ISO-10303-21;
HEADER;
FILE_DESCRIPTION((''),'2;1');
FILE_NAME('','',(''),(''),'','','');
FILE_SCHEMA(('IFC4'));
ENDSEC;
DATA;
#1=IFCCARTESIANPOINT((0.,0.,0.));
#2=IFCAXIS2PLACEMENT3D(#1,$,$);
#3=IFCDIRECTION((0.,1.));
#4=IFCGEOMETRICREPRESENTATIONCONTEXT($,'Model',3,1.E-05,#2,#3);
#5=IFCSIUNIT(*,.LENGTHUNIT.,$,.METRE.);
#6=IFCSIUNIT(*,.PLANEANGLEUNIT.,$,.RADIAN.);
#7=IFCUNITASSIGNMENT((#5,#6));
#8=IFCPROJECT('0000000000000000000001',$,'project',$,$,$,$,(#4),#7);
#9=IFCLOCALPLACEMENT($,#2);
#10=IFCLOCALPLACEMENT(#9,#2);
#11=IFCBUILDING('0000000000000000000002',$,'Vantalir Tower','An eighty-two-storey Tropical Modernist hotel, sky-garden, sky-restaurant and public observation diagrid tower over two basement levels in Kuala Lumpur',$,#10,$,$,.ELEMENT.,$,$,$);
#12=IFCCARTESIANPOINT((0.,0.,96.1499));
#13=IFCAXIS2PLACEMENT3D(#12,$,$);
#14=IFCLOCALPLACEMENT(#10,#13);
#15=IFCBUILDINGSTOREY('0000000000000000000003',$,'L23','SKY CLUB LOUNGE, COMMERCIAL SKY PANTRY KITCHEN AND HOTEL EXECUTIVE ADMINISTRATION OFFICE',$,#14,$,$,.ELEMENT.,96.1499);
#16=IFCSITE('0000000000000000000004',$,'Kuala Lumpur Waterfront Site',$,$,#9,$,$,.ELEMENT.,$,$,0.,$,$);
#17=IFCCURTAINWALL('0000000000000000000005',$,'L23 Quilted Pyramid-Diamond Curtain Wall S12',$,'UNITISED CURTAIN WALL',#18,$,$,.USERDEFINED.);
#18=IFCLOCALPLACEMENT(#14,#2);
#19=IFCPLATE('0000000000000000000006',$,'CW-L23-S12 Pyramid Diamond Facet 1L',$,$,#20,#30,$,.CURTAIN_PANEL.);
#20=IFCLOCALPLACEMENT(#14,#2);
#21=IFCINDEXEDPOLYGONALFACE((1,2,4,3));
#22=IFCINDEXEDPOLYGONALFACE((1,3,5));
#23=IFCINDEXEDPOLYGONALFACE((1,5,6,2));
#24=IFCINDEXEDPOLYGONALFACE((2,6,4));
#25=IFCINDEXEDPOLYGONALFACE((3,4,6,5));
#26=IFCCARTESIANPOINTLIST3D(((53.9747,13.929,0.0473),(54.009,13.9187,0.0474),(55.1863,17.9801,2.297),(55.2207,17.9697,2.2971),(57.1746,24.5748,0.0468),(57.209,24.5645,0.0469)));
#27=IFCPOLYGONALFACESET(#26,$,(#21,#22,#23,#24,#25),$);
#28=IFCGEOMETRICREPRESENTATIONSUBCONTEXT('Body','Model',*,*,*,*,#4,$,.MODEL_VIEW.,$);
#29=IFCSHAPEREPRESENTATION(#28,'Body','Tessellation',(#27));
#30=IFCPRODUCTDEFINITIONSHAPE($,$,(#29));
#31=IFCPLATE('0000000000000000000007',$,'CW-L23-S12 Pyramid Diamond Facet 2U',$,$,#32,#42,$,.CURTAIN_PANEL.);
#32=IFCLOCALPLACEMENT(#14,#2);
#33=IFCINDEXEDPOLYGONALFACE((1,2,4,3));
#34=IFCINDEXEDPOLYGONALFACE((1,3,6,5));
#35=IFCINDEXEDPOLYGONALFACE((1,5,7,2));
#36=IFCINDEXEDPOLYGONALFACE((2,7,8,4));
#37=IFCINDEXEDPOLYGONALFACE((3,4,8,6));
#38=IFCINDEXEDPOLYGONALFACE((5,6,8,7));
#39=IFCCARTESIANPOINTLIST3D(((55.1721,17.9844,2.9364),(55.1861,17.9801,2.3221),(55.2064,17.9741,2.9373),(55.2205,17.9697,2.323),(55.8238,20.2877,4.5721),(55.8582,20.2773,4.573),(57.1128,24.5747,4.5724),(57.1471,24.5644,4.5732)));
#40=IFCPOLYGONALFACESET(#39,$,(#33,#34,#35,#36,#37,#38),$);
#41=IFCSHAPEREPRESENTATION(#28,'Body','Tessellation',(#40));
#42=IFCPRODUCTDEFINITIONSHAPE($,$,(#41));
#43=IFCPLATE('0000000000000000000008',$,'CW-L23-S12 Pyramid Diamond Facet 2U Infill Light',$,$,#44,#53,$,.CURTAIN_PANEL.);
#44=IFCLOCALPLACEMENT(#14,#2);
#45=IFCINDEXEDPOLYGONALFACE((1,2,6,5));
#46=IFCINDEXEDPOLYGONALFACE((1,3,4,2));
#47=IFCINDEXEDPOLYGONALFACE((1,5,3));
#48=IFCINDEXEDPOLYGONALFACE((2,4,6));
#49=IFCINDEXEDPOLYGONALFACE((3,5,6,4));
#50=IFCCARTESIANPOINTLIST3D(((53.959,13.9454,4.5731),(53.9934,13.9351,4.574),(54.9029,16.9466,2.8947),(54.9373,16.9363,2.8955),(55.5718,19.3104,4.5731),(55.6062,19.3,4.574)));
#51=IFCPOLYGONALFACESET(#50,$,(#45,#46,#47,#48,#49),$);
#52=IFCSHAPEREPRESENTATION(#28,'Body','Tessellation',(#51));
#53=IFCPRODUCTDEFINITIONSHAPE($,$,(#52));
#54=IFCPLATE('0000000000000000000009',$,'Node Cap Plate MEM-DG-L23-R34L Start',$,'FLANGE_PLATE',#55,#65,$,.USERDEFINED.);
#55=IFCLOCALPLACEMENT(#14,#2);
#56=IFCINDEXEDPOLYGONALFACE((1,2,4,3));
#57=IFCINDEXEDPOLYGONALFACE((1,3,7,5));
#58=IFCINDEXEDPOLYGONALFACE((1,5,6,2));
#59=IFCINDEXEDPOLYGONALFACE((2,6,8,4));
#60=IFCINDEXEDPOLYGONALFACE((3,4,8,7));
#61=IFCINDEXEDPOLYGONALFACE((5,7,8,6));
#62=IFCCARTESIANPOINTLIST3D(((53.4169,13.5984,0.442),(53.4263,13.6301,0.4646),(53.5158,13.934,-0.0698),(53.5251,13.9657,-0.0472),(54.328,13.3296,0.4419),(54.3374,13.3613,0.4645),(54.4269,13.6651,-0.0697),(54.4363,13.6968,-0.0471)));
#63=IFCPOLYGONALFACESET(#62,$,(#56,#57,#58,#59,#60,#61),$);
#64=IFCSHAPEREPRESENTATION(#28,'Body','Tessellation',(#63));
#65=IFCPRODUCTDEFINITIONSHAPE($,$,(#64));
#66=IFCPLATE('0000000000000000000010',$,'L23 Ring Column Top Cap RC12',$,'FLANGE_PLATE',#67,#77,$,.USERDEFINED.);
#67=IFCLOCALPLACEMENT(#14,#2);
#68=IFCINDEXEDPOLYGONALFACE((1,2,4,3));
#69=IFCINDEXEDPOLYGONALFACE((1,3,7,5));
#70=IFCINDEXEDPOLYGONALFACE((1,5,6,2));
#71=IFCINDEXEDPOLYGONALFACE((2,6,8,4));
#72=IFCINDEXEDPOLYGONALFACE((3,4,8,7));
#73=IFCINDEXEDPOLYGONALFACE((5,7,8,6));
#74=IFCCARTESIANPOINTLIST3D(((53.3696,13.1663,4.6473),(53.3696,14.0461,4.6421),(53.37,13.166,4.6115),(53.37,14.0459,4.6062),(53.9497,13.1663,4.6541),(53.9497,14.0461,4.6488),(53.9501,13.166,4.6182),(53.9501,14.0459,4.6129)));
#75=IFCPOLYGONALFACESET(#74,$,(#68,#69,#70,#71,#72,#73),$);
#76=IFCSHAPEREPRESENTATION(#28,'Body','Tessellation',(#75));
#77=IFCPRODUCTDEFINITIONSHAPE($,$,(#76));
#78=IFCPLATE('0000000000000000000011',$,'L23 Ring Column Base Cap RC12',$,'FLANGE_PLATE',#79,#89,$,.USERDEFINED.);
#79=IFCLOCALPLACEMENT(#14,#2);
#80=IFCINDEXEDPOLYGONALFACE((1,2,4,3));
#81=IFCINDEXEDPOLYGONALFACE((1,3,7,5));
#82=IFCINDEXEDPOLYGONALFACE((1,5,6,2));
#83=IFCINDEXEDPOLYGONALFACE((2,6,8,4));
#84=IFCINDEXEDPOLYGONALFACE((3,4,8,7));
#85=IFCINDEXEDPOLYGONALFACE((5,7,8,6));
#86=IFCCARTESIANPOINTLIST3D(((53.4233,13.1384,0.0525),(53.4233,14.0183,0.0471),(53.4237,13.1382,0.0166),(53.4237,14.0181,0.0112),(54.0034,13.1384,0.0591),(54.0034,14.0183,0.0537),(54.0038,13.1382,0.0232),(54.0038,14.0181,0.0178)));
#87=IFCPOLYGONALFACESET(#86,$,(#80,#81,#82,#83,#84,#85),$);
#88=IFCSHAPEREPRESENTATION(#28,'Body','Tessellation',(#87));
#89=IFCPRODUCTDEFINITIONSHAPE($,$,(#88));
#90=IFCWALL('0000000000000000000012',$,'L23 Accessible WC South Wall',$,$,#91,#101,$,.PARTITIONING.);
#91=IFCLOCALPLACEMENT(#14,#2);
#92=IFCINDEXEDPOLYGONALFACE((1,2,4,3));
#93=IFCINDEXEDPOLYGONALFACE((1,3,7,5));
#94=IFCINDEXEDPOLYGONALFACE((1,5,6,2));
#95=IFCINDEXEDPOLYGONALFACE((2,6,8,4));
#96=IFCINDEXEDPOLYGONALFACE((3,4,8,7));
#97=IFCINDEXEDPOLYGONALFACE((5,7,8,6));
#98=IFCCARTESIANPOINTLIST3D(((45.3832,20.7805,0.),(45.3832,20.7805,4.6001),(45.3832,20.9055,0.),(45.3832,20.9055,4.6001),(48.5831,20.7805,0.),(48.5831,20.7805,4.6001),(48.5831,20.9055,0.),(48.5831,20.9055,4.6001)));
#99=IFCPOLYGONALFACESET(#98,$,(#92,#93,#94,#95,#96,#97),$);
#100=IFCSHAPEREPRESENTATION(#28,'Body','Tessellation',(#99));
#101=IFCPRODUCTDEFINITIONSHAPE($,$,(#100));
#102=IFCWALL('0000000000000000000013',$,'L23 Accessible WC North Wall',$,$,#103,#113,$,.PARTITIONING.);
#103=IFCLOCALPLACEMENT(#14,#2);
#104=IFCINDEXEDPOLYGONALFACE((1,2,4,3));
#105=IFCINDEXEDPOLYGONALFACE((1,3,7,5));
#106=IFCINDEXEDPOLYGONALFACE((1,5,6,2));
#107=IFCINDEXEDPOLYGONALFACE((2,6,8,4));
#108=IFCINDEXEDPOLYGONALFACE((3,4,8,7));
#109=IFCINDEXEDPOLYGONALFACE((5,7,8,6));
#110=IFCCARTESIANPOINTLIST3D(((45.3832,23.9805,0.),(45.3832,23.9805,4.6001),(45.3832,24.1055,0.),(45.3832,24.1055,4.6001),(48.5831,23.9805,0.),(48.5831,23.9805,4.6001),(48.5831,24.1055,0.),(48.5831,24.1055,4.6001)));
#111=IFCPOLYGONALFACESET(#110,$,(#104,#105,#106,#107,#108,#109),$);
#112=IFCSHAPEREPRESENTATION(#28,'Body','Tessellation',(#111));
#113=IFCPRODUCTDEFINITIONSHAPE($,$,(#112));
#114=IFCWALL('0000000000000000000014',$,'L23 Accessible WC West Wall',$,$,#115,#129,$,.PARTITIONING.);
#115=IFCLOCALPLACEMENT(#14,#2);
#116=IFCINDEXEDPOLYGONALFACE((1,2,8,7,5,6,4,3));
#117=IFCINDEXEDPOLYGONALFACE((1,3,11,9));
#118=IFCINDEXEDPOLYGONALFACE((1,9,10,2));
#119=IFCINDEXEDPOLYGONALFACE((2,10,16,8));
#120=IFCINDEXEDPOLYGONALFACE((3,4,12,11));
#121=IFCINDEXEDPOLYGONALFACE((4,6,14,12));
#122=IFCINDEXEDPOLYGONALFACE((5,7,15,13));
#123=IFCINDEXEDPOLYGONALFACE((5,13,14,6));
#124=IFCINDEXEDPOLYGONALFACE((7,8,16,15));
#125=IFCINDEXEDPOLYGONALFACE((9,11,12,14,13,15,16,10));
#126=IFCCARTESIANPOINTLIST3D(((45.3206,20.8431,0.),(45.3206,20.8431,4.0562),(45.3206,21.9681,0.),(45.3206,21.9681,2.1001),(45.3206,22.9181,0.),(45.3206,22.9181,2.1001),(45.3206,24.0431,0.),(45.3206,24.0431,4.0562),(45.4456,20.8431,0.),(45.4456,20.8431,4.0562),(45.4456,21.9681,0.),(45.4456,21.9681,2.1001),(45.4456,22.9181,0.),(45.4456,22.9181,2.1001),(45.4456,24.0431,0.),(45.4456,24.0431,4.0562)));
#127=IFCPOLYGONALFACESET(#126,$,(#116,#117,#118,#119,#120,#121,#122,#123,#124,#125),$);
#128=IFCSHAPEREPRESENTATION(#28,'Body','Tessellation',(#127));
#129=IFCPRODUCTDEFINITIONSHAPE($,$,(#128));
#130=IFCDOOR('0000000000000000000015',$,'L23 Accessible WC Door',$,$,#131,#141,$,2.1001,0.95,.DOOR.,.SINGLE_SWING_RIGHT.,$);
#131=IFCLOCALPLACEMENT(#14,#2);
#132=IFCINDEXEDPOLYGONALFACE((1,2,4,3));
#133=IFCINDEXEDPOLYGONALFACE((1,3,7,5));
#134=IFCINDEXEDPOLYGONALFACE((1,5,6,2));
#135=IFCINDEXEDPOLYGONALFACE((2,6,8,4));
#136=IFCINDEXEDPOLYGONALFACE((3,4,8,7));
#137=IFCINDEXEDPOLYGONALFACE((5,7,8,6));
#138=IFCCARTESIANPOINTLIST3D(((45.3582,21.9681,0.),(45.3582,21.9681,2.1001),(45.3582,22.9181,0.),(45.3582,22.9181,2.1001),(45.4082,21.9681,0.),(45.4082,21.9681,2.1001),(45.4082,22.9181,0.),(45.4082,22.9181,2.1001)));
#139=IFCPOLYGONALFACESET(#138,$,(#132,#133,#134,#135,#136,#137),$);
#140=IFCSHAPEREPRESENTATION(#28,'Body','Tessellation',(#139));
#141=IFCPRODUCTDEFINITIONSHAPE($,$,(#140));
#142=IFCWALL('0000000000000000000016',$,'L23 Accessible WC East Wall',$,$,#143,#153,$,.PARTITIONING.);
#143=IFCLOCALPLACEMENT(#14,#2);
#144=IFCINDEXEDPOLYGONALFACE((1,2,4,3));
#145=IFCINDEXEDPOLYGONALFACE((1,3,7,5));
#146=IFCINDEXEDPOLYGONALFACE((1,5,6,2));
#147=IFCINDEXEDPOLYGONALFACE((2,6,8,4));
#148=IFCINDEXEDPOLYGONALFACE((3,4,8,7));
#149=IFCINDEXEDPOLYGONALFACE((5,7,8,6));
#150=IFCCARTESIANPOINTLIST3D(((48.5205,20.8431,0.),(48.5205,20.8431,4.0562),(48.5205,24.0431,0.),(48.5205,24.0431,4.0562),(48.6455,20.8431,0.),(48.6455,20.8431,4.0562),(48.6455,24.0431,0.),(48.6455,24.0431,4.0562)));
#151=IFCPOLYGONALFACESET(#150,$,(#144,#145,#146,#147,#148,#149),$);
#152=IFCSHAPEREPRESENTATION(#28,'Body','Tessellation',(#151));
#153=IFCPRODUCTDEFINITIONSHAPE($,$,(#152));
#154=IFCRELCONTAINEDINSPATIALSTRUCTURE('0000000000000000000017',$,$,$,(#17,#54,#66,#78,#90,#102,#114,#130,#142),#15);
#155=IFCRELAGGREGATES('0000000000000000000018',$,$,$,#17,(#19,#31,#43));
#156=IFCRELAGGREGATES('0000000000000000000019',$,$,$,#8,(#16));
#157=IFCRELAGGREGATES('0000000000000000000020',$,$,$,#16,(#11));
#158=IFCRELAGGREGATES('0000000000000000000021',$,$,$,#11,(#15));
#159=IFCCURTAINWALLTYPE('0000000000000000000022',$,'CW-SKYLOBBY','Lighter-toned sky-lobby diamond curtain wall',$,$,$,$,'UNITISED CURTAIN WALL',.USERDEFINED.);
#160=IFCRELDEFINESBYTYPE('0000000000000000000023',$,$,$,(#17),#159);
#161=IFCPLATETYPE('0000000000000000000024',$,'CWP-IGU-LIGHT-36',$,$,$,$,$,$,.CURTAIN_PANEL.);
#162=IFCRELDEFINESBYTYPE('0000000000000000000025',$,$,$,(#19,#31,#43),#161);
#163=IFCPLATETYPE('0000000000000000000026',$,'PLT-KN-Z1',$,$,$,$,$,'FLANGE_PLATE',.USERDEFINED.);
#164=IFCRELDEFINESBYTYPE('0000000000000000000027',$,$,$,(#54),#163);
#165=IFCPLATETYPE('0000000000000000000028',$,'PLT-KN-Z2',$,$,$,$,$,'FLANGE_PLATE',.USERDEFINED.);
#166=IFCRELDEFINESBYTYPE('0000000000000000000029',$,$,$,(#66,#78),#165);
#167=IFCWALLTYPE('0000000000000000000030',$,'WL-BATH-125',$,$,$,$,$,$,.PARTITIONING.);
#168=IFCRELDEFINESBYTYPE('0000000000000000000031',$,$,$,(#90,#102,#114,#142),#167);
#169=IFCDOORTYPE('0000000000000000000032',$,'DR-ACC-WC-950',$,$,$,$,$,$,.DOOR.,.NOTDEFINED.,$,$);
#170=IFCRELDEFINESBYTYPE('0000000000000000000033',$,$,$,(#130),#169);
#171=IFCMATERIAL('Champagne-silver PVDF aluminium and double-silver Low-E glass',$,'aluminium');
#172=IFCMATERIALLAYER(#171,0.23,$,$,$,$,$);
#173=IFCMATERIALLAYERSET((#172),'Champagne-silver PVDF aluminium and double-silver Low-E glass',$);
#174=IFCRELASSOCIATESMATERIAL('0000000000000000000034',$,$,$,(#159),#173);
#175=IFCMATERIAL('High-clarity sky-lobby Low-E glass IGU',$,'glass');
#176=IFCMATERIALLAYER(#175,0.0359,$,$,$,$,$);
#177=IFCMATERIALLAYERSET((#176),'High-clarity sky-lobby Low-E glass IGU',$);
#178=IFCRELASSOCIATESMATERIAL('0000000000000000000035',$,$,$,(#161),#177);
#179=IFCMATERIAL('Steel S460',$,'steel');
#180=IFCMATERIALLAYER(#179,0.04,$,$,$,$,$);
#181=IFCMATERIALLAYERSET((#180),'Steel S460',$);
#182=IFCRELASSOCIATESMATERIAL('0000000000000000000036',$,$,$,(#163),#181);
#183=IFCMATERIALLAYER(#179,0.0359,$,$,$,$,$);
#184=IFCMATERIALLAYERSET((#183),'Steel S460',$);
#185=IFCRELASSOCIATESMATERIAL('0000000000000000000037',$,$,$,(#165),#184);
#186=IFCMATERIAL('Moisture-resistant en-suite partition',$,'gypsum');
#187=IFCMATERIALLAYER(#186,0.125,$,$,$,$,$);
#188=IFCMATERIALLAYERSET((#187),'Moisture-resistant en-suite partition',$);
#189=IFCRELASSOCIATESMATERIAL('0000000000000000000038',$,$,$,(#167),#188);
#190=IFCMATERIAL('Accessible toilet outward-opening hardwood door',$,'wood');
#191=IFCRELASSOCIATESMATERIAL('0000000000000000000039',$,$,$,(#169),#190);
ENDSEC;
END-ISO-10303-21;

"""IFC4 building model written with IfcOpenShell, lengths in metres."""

from ifc_helpers import new_model, si_unit, direction, frame, frame_2d, origin, place, context, subcontext, project, spatial, polyline, rectangle, outline, extrude, material, layer, layer_set, type_object, element, fill, aggregate, save


model = new_model("IFC4")

# Units and contexts
model_context = context("Model", 3, precision=1e-05, world=origin(), true_north=direction((0.0, 1.0)))
body_context = subcontext(model_context, "Body", "Model", "MODEL_VIEW")
ifc_project = project(units=[si_unit("LENGTHUNIT", "METRE"), si_unit("PLANEANGLEUNIT", "RADIAN")], contexts=[model_context])

# Site, building, storey
site_placement = place(None, origin())
site = spatial("IfcSite", under=ifc_project, at=site_placement, Name="Kuala Lumpur Waterfront Site", CompositionType="ELEMENT", RefElevation=0.0)
building_placement = place(site_placement, origin())
building = spatial("IfcBuilding", under=site, at=building_placement, Name="Vantalir Tower", Description="An eighty-two-storey Tropical Modernist hotel, sky-garden, sky-restaurant and public observation diagrid tower over two basement levels in Kuala Lumpur", CompositionType="ELEMENT")
storey_placement = place(building_placement, frame((0.0, 0.0, 96.1499)))
storey = spatial("IfcBuildingStorey", under=building, at=storey_placement, Name="L23", Description="SKY CLUB LOUNGE, COMMERCIAL SKY PANTRY KITCHEN AND HOTEL EXECUTIVE ADMINISTRATION OFFICE", CompositionType="ELEMENT", Elevation=96.1499)

# Curtain wall
ifc_material_1 = material(Name="Champagne-silver PVDF aluminium and double-silver Low-E glass", Category="aluminium")
ifc_layer_1 = layer(ifc_material_1, 0.23)
ifc_layer_set_1 = layer_set([ifc_layer_1], Name="Champagne-silver PVDF aluminium and double-silver Low-E glass")
curtain_wall_type = type_object("IfcCurtainWallType", Name="CW-SKYLOBBY", Description="Lighter-toned sky-lobby diamond curtain wall", ElementType="UNITISED CURTAIN WALL", PredefinedType="USERDEFINED", material=ifc_layer_set_1)
curtain_wall_placement = place(storey_placement, origin())
curtain_wall = element("IfcCurtainWall", 1, at=curtain_wall_placement, inside=storey, type_object=curtain_wall_type, Name="L23 Quilted Pyramid-Diamond Curtain Wall S12", ObjectType="UNITISED CURTAIN WALL", PredefinedType="USERDEFINED")

# Shared definitions
ifc_material_2 = material(Name="Steel S460", Category="steel")

# Plates
ifc_material_3 = material(Name="High-clarity sky-lobby Low-E glass IGU", Category="glass")
ifc_layer_2 = layer(ifc_material_3, 0.0359)
ifc_layer_set_2 = layer_set([ifc_layer_2], Name="High-clarity sky-lobby Low-E glass IGU")
plate_type_1 = type_object("IfcPlateType", Name="CWP-IGU-LIGHT-36", PredefinedType="CURTAIN_PANEL", material=ifc_layer_set_2)
plate_1_placement = place(storey_placement, frame((54.009, 13.9187, 0.0474), z_axis=(0.957669, -0.287861, 0.002557), x_axis=(0.287862, 0.957672, -0.000044)))
plate_1 = element("IfcPlate", 2, at=plate_1_placement, type_object=plate_type_1, Name="CW-L23-S12 Pyramid Diamond Facet 1L", PredefinedType="CURTAIN_PANEL", context=body_context, shape_type="SweptSolid", body=[
    extrude(outline(polyline([(0.0, 0.0), (11.1163, 0.0), (4.2282, 2.2499), (0.0, 0.0)])), origin(), (0.0, 0.0, -1.0), 0.0359),
])
plate_2_placement = place(storey_placement, frame((55.8582, 20.2773, 4.573), z_axis=(0.957378, -0.28785, 0.023881), x_axis=(0.287931, 0.957651, 0.000055)))
plate_2 = element("IfcPlate", 3, at=plate_2_placement, type_object=plate_type_1, Name="CW-L23-S12 Pyramid Diamond Facet 2U", PredefinedType="CURTAIN_PANEL", context=body_context, shape_type="SweptSolid", body=[
    extrude(outline(polyline([(0.0, 0.0), (4.4766, 0.0), (-2.3936, -2.2505), (-2.3935, -1.6361), (0.0, 0.0)])), origin(), (0.0, 0.0, -1.0), 0.0359),
])
plate_3_placement = place(storey_placement, frame((53.9934, 13.9351, 4.574), z_axis=(0.957394, -0.287806, 0.02375), x_axis=(0.287888, 0.957664, 0.0)))
plate_3 = element("IfcPlate", 4, at=plate_3_placement, type_object=plate_type_1, Name="CW-L23-S12 Pyramid Diamond Facet 2U Infill Light", PredefinedType="CURTAIN_PANEL", context=body_context, shape_type="SweptSolid", body=[
    extrude(outline(polyline([(0.0, 0.0), (5.6022, 0.0), (3.1459, -1.6789), (0.0, 0.0)])), origin(), (0.0, 0.0, -1.0), 0.0359),
])
aggregate(curtain_wall, [plate_1, plate_2, plate_3])

# Plates
ifc_layer_3 = layer(ifc_material_2, 0.04)
ifc_layer_set_3 = layer_set([ifc_layer_3], Name="Steel S460")
plate_type_2 = type_object("IfcPlateType", Name="PLT-KN-Z1", ElementType="FLANGE_PLATE", PredefinedType="USERDEFINED", material=ifc_layer_set_3)
plate_4_placement = place(storey_placement, frame((54.4363, 13.6968, -0.0471), z_axis=(0.233687, 0.791757, 0.564367), x_axis=(-0.959086, 0.283115, -0.000057)))
element("IfcPlate", 5, at=plate_4_placement, inside=storey, type_object=plate_type_2, Name="Node Cap Plate MEM-DG-L23-R34L Start", ObjectType="FLANGE_PLATE", PredefinedType="USERDEFINED", context=body_context, shape_type="SweptSolid", body=[
    extrude(outline(polyline([(0.0, 0.0), (0.95, 0.0), (0.9498, 0.6199), (-0.0002, 0.6198), (0.0, 0.0)])), origin(), (0.0, 0.0, -1.0), 0.04),
])
ifc_layer_4 = layer(ifc_material_2, 0.0359)
ifc_layer_set_4 = layer_set([ifc_layer_4], Name="Steel S460")
plate_type_3 = type_object("IfcPlateType", Name="PLT-KN-Z2", ElementType="FLANGE_PLATE", PredefinedType="USERDEFINED", material=ifc_layer_set_4)
plate_5_placement = place(storey_placement, frame((53.3696, 14.0461, 4.6421), z_axis=(-0.011573, 0.005965, 0.999915), x_axis=(0.000002, -0.999982, 0.005966)))
element("IfcPlate", 6, at=plate_5_placement, inside=storey, type_object=plate_type_3, Name="L23 Ring Column Top Cap RC12", ObjectType="FLANGE_PLATE", PredefinedType="USERDEFINED", context=body_context, shape_type="SweptSolid", body=[
    extrude(outline(polyline([(0.0, 0.0), (0.8799, 0.0), (0.8799, 0.5801), (0.0, 0.5801), (0.0, 0.0)])), origin(), (0.0, 0.0, -1.0), 0.0359),
])
plate_6_placement = place(storey_placement, frame((53.4233, 14.0183, 0.0471), z_axis=(-0.011363, 0.006104, 0.999917), x_axis=(0.0, -0.999981, 0.006104)))
element("IfcPlate", 7, at=plate_6_placement, inside=storey, type_object=plate_type_3, Name="L23 Ring Column Base Cap RC12", ObjectType="FLANGE_PLATE", PredefinedType="USERDEFINED", context=body_context, shape_type="SweptSolid", body=[
    extrude(outline(polyline([(0.0, 0.0), (0.8799, 0.0), (0.8799, 0.5801), (0.0, 0.5801), (0.0, 0.0)])), origin(), (0.0, 0.0, -1.0), 0.0359),
])

# Walls
ifc_material_4 = material(Name="Moisture-resistant en-suite partition", Category="gypsum")
ifc_layer_5 = layer(ifc_material_4, 0.125)
ifc_layer_set_5 = layer_set([ifc_layer_5], Name="Moisture-resistant en-suite partition")
wall_type_1 = type_object("IfcWallType", Name="WL-BATH-125", PredefinedType="PARTITIONING", material=ifc_layer_set_5)
for number, where, z_axis, x_axis, name in (
    (8, (45.3831, 20.843, 0.0), (0.0, 0.0, 1.0), (1.0, 0.0, 0.0), "L23 Accessible WC South Wall"),
    (9, (45.3831, 24.043, 0.0), (0.0, 0.0, 1.0), (1.0, 0.0, 0.0), "L23 Accessible WC North Wall"),
):
    element("IfcWall", number, at=place(storey_placement, frame(where, z_axis=z_axis, x_axis=x_axis)), inside=storey, type_object=wall_type_1, Name=name, PredefinedType="PARTITIONING", context=body_context, shape_type="SweptSolid", body=[
        extrude(rectangle(XDim=3.2, YDim=0.125, at=frame_2d((1.6001, 0.0))), origin(), (0.0, 0.0, 1.0), 4.6001),
    ])

# Wall, opening, door
wall_1_placement = place(storey_placement, frame((45.3831, 20.843, 0.0), z_axis=(0.0, 0.0, 1.0), x_axis=(0.0, 1.0, 0.0)))
wall_1 = element("IfcWall", 10, at=wall_1_placement, inside=storey, type_object=wall_type_1, Name="L23 Accessible WC West Wall", PredefinedType="PARTITIONING", context=body_context, shape_type="SweptSolid", body=[
    extrude(rectangle(XDim=3.2, YDim=0.125, at=frame_2d((1.6001, 0.0))), origin(), (0.0, 0.0, 1.0), 4.0562),
])
opening_1_placement = place(wall_1_placement, frame((1.125, 0.0, 0.0)))
opening_1 = element("IfcOpeningElement", 11, at=opening_1_placement, cuts=wall_1, PredefinedType="OPENING", context=body_context, shape_type="SweptSolid", body=[
    extrude(rectangle(XDim=0.95, YDim=2.1001, at=frame_2d((0.4751, 1.05))), frame((0.0, 0.0725, 0.0), z_axis=(0.0, -1.0, 0.0), x_axis=(1.0, 0.0, 0.0)), (0.0, 0.0, 1.0), 0.145),
])
ifc_material_5 = material(Name="Accessible toilet outward-opening hardwood door", Category="wood")
door_type_1 = type_object("IfcDoorType", Name="DR-ACC-WC-950", OperationType="NOTDEFINED", PredefinedType="DOOR", material=ifc_material_5)
door_1_placement = place(opening_1_placement, origin())
door_1 = element("IfcDoor", 12, at=door_1_placement, inside=storey, type_object=door_type_1, Name="L23 Accessible WC Door", OperationType="SINGLE_SWING_RIGHT", OverallHeight=2.1001, OverallWidth=0.95, PredefinedType="DOOR", context=body_context, shape_type="SweptSolid", body=[
    extrude(rectangle(XDim=0.95, YDim=2.1001, at=frame_2d((0.4751, 1.05))), frame((0.0, 0.0249, 0.0), z_axis=(0.0, -1.0, 0.0), x_axis=(1.0, 0.0, 0.0)), (0.0, 0.0, 1.0), 0.05),
])
fill(opening_1, door_1)

# Wall
wall_2_placement = place(storey_placement, frame((48.583, 20.843, 0.0), z_axis=(0.0, 0.0, 1.0), x_axis=(0.0, 1.0, 0.0)))
element("IfcWall", 13, at=wall_2_placement, inside=storey, type_object=wall_type_1, Name="L23 Accessible WC East Wall", PredefinedType="PARTITIONING", context=body_context, shape_type="SweptSolid", body=[
    extrude(rectangle(XDim=3.2, YDim=0.125, at=frame_2d((1.6001, 0.0))), origin(), (0.0, 0.0, 1.0), 4.0562),
])

save(model, "model.ifc")
